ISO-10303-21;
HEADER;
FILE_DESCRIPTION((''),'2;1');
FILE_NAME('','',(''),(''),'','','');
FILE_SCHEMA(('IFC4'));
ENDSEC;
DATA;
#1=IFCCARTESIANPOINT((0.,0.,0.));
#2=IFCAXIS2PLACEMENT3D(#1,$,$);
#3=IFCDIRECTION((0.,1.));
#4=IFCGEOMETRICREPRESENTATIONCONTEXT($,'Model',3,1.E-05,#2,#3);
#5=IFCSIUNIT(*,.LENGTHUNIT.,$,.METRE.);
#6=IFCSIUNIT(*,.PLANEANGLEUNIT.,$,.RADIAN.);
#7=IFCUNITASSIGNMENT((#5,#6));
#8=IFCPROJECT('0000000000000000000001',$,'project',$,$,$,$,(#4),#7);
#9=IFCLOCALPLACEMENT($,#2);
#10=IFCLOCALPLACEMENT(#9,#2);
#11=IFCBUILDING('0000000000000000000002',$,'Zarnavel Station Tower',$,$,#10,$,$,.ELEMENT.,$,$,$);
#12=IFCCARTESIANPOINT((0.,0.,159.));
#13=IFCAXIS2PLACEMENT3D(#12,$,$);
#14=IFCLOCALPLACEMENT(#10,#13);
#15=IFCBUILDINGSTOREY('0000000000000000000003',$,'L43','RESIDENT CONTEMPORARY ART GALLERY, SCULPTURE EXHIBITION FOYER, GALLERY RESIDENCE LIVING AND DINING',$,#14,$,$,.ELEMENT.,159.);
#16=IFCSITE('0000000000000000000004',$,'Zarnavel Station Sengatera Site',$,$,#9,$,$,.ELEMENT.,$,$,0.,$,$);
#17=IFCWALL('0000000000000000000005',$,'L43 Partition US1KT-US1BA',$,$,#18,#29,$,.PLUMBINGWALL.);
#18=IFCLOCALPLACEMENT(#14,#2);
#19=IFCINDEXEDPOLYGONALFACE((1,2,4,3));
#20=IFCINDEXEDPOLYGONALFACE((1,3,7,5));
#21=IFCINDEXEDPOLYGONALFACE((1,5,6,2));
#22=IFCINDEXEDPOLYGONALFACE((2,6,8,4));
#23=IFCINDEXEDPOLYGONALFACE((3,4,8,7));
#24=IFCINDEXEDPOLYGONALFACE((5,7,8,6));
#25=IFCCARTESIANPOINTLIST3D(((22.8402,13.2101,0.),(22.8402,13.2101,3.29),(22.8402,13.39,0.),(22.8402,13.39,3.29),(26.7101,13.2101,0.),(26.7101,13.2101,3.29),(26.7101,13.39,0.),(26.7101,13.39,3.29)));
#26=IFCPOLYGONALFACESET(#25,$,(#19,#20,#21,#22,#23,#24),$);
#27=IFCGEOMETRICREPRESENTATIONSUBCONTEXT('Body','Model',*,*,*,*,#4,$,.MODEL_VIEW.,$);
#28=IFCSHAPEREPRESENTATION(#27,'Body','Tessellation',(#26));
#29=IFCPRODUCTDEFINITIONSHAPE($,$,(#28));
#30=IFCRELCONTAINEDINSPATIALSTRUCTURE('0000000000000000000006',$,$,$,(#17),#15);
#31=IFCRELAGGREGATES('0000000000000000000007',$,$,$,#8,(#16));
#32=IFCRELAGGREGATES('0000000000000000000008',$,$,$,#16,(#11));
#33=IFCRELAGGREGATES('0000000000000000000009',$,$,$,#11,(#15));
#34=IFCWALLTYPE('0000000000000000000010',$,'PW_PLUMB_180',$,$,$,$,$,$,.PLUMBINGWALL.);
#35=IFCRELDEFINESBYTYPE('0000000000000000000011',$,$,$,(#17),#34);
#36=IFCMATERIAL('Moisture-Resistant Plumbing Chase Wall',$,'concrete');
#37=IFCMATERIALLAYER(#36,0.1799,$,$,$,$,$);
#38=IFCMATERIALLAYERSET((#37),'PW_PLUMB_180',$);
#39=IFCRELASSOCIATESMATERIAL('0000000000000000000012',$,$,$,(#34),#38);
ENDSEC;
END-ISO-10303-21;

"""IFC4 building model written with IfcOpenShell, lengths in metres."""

from ifc_helpers import new_model, si_unit, direction, frame, frame_2d, origin, place, context, subcontext, project, spatial, rectangle, extrude, material, layer, layer_set, type_object, element, save


model = new_model("IFC4")

# Units and contexts
model_context = context("Model", 3, precision=1e-05, world=origin(), true_north=direction((0.0, 1.0)))
body_context = subcontext(model_context, "Body", "Model", "MODEL_VIEW")
ifc_project = project(units=[si_unit("LENGTHUNIT", "METRE"), si_unit("PLANEANGLEUNIT", "RADIAN")], contexts=[model_context])

# Site, building, storey
site_placement = place(None, origin())
site = spatial("IfcSite", under=ifc_project, at=site_placement, Name="Zarnavel Station Sengatera Site", CompositionType="ELEMENT", RefElevation=0.0)
building_placement = place(site_placement, origin())
building = spatial("IfcBuilding", under=site, at=building_placement, Name="Zarnavel Station Tower", CompositionType="ELEMENT")
storey_placement = place(building_placement, frame((0.0, 0.0, 159.0)))
storey = spatial("IfcBuildingStorey", under=building, at=storey_placement, Name="L43", Description="RESIDENT CONTEMPORARY ART GALLERY, SCULPTURE EXHIBITION FOYER, GALLERY RESIDENCE LIVING AND DINING", CompositionType="ELEMENT", Elevation=159.0)

# Shared definitions
ifc_material_1 = material(Name="Moisture-Resistant Plumbing Chase Wall", Category="concrete")
ifc_layer_1 = layer(ifc_material_1, 0.1799)
ifc_layer_set_1 = layer_set([ifc_layer_1], Name="PW_PLUMB_180")
wall_type_1 = type_object("IfcWallType", Name="PW_PLUMB_180", PredefinedType="PLUMBINGWALL", material=ifc_layer_set_1)

# Wall
wall_1_placement = place(storey_placement, frame((22.8401, 13.3, 0.0), z_axis=(0.0, 0.0, 1.0), x_axis=(1.0, 0.0, 0.0)))
element("IfcWall", 1, at=wall_1_placement, inside=storey, type_object=wall_type_1, Name="L43 Partition US1KT-US1BA", PredefinedType="PLUMBINGWALL", context=body_context, shape_type="SweptSolid", body=[
    extrude(rectangle(XDim=3.8699, YDim=0.1799, at=frame_2d((1.9351, 0.0))), origin(), (0.0, 0.0, 1.0), 3.29),
])

save(model, "model.ifc")
